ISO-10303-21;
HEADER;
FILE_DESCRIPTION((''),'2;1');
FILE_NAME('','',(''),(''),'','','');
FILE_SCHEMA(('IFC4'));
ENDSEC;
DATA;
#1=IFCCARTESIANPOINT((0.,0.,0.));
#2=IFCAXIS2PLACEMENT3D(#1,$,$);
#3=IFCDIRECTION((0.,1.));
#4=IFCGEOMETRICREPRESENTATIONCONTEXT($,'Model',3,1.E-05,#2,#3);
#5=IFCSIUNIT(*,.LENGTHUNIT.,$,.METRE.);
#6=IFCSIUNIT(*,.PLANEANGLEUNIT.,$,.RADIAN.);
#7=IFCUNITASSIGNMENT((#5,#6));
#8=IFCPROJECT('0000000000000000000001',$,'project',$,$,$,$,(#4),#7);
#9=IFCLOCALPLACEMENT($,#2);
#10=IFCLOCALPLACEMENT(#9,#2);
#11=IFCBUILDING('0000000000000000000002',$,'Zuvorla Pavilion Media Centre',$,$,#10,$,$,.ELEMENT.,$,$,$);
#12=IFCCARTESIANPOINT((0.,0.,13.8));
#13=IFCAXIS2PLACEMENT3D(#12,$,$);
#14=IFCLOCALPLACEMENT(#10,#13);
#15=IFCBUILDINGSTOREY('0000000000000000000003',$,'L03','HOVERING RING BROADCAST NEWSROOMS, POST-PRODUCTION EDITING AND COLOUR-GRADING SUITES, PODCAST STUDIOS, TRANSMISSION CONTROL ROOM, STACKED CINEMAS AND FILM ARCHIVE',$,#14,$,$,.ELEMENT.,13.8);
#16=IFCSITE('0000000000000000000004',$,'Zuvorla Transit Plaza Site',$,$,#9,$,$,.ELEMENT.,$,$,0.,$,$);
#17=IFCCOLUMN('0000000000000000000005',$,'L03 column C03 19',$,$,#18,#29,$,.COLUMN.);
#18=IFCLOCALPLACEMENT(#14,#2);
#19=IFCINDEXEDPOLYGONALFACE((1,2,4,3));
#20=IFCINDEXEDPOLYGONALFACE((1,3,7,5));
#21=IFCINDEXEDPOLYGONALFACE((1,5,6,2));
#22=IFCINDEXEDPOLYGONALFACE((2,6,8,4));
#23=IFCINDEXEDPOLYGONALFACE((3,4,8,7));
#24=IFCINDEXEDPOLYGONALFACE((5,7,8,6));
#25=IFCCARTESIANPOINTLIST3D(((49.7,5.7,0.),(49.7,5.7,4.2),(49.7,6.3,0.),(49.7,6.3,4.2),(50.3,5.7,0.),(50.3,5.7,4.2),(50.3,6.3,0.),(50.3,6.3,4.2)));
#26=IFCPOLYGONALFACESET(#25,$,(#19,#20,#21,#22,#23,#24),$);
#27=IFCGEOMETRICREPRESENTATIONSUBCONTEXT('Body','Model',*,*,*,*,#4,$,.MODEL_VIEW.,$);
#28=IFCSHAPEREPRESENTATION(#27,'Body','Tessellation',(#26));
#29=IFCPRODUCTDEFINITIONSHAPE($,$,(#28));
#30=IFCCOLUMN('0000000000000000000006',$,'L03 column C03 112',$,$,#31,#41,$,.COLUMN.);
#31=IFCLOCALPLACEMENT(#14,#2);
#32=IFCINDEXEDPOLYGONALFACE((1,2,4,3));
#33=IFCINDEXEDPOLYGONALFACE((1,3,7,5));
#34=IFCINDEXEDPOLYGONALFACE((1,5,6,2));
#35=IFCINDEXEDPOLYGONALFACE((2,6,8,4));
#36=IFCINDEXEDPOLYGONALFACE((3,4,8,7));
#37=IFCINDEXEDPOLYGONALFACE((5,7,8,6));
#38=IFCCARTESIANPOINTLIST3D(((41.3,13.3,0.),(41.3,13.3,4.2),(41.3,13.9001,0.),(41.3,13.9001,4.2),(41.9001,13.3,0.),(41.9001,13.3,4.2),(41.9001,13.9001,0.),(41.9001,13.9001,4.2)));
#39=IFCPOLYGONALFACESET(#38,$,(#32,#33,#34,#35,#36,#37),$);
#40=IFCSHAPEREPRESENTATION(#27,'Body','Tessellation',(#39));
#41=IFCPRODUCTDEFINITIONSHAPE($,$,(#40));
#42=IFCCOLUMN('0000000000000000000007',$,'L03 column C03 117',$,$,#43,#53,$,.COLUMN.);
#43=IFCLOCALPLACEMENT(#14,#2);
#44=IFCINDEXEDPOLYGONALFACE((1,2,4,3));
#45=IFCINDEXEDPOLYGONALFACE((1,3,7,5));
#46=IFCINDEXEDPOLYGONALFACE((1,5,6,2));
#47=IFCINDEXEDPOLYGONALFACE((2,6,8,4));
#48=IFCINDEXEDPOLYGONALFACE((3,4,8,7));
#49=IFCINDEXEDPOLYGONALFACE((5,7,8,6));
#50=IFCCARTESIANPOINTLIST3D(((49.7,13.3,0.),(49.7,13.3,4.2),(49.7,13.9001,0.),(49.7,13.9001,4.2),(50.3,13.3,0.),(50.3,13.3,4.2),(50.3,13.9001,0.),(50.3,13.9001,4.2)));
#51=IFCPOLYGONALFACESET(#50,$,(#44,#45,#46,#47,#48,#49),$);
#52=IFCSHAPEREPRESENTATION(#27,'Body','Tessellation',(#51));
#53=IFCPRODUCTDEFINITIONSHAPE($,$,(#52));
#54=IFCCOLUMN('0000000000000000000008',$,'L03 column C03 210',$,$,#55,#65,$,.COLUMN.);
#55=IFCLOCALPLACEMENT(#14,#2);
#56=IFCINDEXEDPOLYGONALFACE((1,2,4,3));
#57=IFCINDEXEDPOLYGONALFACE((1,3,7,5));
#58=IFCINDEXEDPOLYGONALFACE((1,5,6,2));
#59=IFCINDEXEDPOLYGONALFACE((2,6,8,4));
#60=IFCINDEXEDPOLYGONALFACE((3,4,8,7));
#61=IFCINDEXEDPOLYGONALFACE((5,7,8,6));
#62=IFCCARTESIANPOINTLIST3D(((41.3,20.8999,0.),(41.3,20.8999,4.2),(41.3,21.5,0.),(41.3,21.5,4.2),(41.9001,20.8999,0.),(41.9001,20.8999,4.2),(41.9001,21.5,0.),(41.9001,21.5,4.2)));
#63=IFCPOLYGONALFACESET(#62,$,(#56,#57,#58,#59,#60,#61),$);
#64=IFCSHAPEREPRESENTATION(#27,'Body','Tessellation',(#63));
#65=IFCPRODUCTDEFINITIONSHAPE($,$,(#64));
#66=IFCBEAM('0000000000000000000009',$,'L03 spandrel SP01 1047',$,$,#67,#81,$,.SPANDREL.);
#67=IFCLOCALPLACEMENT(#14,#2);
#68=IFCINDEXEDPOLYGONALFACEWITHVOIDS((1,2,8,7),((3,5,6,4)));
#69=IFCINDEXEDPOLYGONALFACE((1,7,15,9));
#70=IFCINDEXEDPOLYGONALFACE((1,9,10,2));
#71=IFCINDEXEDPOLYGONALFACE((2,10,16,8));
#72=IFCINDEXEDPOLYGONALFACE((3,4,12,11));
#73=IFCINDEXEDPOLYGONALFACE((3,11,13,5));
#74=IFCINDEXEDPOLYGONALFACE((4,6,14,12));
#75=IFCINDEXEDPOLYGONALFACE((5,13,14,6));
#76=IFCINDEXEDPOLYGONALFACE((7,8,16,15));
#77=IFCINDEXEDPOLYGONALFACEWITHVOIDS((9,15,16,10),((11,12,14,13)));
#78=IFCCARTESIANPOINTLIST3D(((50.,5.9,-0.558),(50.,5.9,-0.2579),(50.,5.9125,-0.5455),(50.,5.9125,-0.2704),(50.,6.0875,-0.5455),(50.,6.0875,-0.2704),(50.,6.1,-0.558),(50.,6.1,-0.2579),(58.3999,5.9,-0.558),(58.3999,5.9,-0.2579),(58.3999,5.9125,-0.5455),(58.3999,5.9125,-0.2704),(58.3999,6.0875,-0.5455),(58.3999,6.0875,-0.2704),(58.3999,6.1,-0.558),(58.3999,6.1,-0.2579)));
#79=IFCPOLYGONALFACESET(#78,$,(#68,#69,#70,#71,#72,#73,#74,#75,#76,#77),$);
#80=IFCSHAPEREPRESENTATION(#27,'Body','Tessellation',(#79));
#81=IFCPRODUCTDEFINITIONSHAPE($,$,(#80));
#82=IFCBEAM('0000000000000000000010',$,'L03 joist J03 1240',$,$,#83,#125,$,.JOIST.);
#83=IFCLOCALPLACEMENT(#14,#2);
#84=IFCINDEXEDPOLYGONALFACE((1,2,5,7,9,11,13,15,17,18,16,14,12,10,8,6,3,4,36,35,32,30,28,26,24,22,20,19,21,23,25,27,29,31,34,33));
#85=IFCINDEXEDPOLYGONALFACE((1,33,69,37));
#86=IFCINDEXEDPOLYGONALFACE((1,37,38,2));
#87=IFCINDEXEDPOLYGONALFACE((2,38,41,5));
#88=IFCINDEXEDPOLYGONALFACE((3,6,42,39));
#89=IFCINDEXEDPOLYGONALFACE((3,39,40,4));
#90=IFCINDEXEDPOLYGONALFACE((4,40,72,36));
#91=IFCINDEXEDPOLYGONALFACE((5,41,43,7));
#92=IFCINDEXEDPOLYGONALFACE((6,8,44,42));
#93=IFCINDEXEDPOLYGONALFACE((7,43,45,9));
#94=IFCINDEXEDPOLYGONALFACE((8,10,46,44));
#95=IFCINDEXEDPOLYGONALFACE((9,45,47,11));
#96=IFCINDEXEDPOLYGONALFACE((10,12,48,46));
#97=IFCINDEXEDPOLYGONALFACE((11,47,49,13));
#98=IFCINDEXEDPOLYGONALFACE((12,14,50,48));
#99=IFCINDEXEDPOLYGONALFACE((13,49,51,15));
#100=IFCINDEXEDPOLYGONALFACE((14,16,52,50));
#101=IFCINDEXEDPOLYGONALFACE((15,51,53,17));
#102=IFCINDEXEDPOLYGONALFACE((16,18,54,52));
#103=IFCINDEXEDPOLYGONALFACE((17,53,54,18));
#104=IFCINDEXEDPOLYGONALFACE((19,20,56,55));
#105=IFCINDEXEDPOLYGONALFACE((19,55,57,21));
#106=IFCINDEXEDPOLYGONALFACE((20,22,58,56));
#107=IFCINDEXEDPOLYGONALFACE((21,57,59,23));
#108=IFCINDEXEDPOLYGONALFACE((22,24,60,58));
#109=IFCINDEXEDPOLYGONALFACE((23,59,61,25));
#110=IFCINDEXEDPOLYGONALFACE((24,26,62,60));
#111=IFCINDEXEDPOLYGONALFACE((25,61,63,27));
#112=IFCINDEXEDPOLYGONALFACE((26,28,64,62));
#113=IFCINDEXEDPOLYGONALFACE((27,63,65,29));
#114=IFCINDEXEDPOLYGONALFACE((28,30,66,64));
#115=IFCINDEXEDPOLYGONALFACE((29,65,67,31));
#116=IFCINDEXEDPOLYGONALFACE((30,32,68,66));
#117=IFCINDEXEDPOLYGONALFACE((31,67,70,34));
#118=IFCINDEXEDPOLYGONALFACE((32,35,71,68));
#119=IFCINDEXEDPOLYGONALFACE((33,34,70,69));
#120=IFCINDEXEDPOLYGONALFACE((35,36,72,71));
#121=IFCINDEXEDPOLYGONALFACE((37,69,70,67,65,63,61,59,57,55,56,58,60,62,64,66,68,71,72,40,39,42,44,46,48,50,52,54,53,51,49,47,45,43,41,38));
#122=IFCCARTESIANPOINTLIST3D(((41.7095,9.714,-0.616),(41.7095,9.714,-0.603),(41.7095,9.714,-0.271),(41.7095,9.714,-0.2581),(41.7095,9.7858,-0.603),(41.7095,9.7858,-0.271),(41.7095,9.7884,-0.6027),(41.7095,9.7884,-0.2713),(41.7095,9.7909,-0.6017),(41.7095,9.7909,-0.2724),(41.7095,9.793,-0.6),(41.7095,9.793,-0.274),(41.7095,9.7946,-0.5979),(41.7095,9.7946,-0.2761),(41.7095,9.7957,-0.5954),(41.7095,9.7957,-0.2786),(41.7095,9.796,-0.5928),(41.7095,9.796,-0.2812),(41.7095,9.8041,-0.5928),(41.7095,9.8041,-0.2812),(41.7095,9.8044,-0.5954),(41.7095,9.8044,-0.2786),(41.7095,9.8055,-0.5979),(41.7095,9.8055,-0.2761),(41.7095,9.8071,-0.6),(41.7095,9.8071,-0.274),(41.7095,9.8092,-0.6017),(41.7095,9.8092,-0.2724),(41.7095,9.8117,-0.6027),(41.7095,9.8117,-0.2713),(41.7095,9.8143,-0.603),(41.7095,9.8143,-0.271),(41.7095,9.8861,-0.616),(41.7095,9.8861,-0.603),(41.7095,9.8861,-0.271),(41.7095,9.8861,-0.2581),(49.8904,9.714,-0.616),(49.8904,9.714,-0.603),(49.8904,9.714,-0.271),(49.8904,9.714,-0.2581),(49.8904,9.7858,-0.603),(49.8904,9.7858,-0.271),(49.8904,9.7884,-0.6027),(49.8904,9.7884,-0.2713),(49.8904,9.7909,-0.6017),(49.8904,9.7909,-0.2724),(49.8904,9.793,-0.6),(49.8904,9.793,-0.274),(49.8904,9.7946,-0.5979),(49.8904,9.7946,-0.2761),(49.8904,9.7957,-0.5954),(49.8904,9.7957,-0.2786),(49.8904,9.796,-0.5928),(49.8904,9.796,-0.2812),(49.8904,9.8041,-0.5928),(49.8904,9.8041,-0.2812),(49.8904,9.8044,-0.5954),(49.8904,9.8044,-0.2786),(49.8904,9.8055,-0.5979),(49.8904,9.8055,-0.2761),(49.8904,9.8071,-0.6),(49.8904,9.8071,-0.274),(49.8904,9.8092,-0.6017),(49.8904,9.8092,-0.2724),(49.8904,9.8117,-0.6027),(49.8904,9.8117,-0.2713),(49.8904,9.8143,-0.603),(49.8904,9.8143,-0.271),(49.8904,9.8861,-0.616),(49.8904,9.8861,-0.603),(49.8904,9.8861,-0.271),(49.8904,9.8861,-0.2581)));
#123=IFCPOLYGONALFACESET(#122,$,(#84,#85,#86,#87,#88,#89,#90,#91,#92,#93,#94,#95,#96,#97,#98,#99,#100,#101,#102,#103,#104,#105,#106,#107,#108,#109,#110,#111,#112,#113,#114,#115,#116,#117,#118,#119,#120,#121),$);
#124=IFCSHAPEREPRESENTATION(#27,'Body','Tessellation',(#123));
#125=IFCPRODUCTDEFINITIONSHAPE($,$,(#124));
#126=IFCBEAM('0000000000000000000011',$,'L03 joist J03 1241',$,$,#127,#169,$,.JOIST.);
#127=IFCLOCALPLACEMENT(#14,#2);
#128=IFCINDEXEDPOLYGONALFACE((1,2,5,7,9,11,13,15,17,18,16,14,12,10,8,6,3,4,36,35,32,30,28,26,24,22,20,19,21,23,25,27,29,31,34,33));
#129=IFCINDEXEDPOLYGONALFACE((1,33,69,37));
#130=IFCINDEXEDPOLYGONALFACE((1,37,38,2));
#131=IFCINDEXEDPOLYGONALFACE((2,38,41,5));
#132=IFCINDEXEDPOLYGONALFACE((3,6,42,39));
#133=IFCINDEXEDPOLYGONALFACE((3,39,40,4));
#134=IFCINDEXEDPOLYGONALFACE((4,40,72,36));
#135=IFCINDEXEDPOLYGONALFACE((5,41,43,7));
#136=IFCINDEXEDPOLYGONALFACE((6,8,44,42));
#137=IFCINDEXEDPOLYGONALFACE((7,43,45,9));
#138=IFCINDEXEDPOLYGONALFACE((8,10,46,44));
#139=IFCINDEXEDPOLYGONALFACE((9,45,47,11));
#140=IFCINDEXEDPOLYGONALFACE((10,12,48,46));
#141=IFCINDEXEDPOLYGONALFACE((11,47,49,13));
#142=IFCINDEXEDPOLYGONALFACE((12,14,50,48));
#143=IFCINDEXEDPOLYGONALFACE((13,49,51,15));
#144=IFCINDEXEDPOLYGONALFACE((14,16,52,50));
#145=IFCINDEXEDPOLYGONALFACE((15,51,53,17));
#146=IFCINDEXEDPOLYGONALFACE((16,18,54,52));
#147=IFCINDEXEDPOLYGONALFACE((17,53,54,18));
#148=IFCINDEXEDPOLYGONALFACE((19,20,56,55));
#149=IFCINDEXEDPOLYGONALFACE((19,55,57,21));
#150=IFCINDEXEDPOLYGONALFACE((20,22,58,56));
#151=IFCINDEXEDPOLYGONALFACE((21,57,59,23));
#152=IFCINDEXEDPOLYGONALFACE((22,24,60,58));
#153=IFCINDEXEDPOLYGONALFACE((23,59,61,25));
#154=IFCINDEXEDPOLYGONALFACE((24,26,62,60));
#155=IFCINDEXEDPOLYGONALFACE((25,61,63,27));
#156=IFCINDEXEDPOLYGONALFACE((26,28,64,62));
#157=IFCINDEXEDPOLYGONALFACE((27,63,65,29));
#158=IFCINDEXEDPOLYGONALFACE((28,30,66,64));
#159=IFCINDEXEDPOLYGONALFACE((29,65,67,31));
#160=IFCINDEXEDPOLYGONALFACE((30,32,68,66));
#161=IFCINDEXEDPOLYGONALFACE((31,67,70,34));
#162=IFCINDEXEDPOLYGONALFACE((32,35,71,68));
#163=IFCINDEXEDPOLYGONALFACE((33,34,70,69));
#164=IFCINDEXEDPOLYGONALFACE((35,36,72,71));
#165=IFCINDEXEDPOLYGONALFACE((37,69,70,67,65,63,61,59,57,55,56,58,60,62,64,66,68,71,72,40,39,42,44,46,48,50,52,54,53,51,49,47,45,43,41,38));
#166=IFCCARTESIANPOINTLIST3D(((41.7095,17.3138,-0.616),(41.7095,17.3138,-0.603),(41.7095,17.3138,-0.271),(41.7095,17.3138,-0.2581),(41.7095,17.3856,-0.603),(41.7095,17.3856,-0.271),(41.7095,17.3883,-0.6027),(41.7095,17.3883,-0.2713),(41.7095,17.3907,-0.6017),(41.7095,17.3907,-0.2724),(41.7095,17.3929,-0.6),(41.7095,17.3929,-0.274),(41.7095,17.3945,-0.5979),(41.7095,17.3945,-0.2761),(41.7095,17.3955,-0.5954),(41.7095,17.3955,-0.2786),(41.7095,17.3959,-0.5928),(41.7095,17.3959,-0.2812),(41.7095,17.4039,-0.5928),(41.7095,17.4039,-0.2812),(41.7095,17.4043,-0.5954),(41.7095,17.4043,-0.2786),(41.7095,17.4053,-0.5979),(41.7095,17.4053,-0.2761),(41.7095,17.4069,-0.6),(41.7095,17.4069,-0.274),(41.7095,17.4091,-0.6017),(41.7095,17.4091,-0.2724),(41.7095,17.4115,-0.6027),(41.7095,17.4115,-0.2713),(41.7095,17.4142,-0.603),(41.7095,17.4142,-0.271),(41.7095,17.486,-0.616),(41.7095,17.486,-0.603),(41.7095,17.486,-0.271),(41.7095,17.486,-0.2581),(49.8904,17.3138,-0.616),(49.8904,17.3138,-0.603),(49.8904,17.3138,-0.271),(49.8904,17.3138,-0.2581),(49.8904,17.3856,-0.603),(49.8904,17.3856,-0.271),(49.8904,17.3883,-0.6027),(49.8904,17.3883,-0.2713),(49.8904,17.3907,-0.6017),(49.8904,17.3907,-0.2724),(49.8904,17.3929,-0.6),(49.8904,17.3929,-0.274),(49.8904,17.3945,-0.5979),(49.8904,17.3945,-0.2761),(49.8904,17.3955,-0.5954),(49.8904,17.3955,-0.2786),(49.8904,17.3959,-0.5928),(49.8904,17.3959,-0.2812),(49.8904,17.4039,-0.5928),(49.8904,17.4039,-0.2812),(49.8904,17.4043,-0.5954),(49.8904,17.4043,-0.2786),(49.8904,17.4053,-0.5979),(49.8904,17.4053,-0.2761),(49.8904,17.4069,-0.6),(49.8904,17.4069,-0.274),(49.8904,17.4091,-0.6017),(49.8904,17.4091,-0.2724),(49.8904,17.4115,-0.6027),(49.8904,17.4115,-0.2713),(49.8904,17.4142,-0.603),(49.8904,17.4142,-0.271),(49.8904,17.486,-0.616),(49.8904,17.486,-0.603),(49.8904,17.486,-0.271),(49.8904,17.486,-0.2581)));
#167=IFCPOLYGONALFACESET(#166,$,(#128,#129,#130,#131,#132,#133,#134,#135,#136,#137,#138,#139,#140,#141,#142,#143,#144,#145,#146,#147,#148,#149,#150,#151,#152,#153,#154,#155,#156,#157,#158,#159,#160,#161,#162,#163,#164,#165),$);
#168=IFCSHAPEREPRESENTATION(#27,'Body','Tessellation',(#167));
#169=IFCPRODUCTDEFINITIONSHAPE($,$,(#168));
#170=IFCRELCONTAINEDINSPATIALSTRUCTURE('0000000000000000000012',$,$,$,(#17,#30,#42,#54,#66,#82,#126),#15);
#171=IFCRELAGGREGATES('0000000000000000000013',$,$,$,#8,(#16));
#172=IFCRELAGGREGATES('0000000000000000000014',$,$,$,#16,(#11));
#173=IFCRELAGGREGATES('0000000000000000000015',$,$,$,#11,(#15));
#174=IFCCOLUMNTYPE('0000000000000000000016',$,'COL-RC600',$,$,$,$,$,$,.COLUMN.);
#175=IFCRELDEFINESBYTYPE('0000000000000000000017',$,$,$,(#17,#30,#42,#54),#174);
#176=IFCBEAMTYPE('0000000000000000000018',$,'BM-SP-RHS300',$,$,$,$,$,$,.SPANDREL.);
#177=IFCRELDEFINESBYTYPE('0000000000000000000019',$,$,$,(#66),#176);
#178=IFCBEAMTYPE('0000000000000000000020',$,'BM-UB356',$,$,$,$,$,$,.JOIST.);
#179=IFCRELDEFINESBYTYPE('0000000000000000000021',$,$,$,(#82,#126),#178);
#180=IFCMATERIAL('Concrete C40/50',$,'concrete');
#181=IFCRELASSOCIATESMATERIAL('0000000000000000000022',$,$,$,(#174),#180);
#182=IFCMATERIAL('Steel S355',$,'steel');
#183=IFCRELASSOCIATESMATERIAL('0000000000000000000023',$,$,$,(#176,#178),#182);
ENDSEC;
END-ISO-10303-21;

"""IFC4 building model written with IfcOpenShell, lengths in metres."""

from ifc_helpers import new_model, si_unit, direction, frame, origin, origin_2d, place, context, subcontext, project, spatial, rectangle, hollow_rectangle, i_section, extrude, material, material_profile, profile_set, type_object, element, save


model = new_model("IFC4")

# Units and contexts
model_context = context("Model", 3, precision=1e-05, world=origin(), true_north=direction((0.0, 1.0)))
body_context = subcontext(model_context, "Body", "Model", "MODEL_VIEW")
ifc_project = project(units=[si_unit("LENGTHUNIT", "METRE"), si_unit("PLANEANGLEUNIT", "RADIAN")], contexts=[model_context])

# Site, building, storey
site_placement = place(None, origin())
site = spatial("IfcSite", under=ifc_project, at=site_placement, Name="Zuvorla Transit Plaza Site", CompositionType="ELEMENT", RefElevation=0.0)
building_placement = place(site_placement, origin())
building = spatial("IfcBuilding", under=site, at=building_placement, Name="Zuvorla Pavilion Media Centre", CompositionType="ELEMENT")
storey_placement = place(building_placement, frame((0.0, 0.0, 13.8)))
storey = spatial("IfcBuildingStorey", under=building, at=storey_placement, Name="L03", Description="HOVERING RING BROADCAST NEWSROOMS, POST-PRODUCTION EDITING AND COLOUR-GRADING SUITES, PODCAST STUDIOS, TRANSMISSION CONTROL ROOM, STACKED CINEMAS AND FILM ARCHIVE", CompositionType="ELEMENT", Elevation=13.8)

# Columns
ifc_material_1 = material(Name="Concrete C40/50", Category="concrete")
ifc_material_profile_1 = material_profile(ifc_material_1, rectangle(XDim=0.6001, YDim=0.6001, at=origin_2d()), Name="RC 600x600")
ifc_profile_set_1 = profile_set([ifc_material_profile_1], Name="Concrete C40/50")
column_type = type_object("IfcColumnType", Name="COL-RC600", PredefinedType="COLUMN", material=ifc_profile_set_1)
for number, where, z_axis, x_axis, name in (
    (1, (50.0, 6.0, 0.0), (0.0, 0.0, 1.0), (1.0, 0.0, 0.0), "L03 column C03 19"),
    (2, (41.6001, 13.6001, 0.0), (0.0, 0.0, 1.0), (1.0, 0.0, 0.0), "L03 column C03 112"),
    (3, (50.0, 13.6001, 0.0), (0.0, 0.0, 1.0), (1.0, 0.0, 0.0), "L03 column C03 117"),
    (4, (41.6001, 21.2, 0.0), (0.0, 0.0, 1.0), (1.0, 0.0, 0.0), "L03 column C03 210"),
):
    element("IfcColumn", number, at=place(storey_placement, frame(where, z_axis=z_axis, x_axis=x_axis)), inside=storey, type_object=column_type, Name=name, PredefinedType="COLUMN", context=body_context, shape_type="SweptSolid", body=[
        extrude(rectangle(XDim=0.6001, YDim=0.6001, at=origin_2d()), origin(), (0.0, 0.0, 1.0), 4.2),
    ])

# Beams
ifc_material_2 = material(Name="Steel S355", Category="steel")
ifc_material_profile_2 = material_profile(ifc_material_2, hollow_rectangle(XDim=0.2, YDim=0.3, WallThickness=0.0125, at=origin_2d()), Name="RHS 300x200x12.5")
ifc_profile_set_2 = profile_set([ifc_material_profile_2], Name="Steel S355")
beam_type_1 = type_object("IfcBeamType", Name="BM-SP-RHS300", PredefinedType="SPANDREL", material=ifc_profile_set_2)
beam_1_placement = place(storey_placement, frame((50.0, 6.0, -0.408), z_axis=(1.0, 0.0, 0.0), x_axis=(0.0, 1.0, 0.0)))
element("IfcBeam", 5, at=beam_1_placement, inside=storey, type_object=beam_type_1, Name="L03 spandrel SP01 1047", PredefinedType="SPANDREL", context=body_context, shape_type="SweptSolid", body=[
    extrude(hollow_rectangle(XDim=0.2, YDim=0.3, WallThickness=0.0125, at=origin_2d()), origin(), (0.0, 0.0, 1.0), 8.3999),
])
ifc_material_profile_3 = material_profile(ifc_material_2, i_section(OverallWidth=0.1721, OverallDepth=0.3579, WebThickness=0.0081, FlangeThickness=0.0129, FilletRadius=0.0103, at=origin_2d()), Name="UB 356x171x57")
ifc_profile_set_3 = profile_set([ifc_material_profile_3], Name="Steel S355")
beam_type_2 = type_object("IfcBeamType", Name="BM-UB356", PredefinedType="JOIST", material=ifc_profile_set_3)
for number, where, z_axis, x_axis, name in (
    (6, (41.7095, 9.8, -0.437), (1.0, 0.0, 0.0), (0.0, 1.0, 0.0), "L03 joist J03 1240"),
    (7, (41.7095, 17.3999, -0.437), (1.0, 0.0, 0.0), (0.0, 1.0, 0.0), "L03 joist J03 1241"),
):
    element("IfcBeam", number, at=place(storey_placement, frame(where, z_axis=z_axis, x_axis=x_axis)), inside=storey, type_object=beam_type_2, Name=name, PredefinedType="JOIST", context=body_context, shape_type="SweptSolid", body=[
        extrude(i_section(OverallWidth=0.1721, OverallDepth=0.3579, WebThickness=0.0081, FlangeThickness=0.0129, FilletRadius=0.0103, at=origin_2d()), origin(), (0.0, 0.0, 1.0), 8.1809),
    ])

save(model, "model.ifc")
